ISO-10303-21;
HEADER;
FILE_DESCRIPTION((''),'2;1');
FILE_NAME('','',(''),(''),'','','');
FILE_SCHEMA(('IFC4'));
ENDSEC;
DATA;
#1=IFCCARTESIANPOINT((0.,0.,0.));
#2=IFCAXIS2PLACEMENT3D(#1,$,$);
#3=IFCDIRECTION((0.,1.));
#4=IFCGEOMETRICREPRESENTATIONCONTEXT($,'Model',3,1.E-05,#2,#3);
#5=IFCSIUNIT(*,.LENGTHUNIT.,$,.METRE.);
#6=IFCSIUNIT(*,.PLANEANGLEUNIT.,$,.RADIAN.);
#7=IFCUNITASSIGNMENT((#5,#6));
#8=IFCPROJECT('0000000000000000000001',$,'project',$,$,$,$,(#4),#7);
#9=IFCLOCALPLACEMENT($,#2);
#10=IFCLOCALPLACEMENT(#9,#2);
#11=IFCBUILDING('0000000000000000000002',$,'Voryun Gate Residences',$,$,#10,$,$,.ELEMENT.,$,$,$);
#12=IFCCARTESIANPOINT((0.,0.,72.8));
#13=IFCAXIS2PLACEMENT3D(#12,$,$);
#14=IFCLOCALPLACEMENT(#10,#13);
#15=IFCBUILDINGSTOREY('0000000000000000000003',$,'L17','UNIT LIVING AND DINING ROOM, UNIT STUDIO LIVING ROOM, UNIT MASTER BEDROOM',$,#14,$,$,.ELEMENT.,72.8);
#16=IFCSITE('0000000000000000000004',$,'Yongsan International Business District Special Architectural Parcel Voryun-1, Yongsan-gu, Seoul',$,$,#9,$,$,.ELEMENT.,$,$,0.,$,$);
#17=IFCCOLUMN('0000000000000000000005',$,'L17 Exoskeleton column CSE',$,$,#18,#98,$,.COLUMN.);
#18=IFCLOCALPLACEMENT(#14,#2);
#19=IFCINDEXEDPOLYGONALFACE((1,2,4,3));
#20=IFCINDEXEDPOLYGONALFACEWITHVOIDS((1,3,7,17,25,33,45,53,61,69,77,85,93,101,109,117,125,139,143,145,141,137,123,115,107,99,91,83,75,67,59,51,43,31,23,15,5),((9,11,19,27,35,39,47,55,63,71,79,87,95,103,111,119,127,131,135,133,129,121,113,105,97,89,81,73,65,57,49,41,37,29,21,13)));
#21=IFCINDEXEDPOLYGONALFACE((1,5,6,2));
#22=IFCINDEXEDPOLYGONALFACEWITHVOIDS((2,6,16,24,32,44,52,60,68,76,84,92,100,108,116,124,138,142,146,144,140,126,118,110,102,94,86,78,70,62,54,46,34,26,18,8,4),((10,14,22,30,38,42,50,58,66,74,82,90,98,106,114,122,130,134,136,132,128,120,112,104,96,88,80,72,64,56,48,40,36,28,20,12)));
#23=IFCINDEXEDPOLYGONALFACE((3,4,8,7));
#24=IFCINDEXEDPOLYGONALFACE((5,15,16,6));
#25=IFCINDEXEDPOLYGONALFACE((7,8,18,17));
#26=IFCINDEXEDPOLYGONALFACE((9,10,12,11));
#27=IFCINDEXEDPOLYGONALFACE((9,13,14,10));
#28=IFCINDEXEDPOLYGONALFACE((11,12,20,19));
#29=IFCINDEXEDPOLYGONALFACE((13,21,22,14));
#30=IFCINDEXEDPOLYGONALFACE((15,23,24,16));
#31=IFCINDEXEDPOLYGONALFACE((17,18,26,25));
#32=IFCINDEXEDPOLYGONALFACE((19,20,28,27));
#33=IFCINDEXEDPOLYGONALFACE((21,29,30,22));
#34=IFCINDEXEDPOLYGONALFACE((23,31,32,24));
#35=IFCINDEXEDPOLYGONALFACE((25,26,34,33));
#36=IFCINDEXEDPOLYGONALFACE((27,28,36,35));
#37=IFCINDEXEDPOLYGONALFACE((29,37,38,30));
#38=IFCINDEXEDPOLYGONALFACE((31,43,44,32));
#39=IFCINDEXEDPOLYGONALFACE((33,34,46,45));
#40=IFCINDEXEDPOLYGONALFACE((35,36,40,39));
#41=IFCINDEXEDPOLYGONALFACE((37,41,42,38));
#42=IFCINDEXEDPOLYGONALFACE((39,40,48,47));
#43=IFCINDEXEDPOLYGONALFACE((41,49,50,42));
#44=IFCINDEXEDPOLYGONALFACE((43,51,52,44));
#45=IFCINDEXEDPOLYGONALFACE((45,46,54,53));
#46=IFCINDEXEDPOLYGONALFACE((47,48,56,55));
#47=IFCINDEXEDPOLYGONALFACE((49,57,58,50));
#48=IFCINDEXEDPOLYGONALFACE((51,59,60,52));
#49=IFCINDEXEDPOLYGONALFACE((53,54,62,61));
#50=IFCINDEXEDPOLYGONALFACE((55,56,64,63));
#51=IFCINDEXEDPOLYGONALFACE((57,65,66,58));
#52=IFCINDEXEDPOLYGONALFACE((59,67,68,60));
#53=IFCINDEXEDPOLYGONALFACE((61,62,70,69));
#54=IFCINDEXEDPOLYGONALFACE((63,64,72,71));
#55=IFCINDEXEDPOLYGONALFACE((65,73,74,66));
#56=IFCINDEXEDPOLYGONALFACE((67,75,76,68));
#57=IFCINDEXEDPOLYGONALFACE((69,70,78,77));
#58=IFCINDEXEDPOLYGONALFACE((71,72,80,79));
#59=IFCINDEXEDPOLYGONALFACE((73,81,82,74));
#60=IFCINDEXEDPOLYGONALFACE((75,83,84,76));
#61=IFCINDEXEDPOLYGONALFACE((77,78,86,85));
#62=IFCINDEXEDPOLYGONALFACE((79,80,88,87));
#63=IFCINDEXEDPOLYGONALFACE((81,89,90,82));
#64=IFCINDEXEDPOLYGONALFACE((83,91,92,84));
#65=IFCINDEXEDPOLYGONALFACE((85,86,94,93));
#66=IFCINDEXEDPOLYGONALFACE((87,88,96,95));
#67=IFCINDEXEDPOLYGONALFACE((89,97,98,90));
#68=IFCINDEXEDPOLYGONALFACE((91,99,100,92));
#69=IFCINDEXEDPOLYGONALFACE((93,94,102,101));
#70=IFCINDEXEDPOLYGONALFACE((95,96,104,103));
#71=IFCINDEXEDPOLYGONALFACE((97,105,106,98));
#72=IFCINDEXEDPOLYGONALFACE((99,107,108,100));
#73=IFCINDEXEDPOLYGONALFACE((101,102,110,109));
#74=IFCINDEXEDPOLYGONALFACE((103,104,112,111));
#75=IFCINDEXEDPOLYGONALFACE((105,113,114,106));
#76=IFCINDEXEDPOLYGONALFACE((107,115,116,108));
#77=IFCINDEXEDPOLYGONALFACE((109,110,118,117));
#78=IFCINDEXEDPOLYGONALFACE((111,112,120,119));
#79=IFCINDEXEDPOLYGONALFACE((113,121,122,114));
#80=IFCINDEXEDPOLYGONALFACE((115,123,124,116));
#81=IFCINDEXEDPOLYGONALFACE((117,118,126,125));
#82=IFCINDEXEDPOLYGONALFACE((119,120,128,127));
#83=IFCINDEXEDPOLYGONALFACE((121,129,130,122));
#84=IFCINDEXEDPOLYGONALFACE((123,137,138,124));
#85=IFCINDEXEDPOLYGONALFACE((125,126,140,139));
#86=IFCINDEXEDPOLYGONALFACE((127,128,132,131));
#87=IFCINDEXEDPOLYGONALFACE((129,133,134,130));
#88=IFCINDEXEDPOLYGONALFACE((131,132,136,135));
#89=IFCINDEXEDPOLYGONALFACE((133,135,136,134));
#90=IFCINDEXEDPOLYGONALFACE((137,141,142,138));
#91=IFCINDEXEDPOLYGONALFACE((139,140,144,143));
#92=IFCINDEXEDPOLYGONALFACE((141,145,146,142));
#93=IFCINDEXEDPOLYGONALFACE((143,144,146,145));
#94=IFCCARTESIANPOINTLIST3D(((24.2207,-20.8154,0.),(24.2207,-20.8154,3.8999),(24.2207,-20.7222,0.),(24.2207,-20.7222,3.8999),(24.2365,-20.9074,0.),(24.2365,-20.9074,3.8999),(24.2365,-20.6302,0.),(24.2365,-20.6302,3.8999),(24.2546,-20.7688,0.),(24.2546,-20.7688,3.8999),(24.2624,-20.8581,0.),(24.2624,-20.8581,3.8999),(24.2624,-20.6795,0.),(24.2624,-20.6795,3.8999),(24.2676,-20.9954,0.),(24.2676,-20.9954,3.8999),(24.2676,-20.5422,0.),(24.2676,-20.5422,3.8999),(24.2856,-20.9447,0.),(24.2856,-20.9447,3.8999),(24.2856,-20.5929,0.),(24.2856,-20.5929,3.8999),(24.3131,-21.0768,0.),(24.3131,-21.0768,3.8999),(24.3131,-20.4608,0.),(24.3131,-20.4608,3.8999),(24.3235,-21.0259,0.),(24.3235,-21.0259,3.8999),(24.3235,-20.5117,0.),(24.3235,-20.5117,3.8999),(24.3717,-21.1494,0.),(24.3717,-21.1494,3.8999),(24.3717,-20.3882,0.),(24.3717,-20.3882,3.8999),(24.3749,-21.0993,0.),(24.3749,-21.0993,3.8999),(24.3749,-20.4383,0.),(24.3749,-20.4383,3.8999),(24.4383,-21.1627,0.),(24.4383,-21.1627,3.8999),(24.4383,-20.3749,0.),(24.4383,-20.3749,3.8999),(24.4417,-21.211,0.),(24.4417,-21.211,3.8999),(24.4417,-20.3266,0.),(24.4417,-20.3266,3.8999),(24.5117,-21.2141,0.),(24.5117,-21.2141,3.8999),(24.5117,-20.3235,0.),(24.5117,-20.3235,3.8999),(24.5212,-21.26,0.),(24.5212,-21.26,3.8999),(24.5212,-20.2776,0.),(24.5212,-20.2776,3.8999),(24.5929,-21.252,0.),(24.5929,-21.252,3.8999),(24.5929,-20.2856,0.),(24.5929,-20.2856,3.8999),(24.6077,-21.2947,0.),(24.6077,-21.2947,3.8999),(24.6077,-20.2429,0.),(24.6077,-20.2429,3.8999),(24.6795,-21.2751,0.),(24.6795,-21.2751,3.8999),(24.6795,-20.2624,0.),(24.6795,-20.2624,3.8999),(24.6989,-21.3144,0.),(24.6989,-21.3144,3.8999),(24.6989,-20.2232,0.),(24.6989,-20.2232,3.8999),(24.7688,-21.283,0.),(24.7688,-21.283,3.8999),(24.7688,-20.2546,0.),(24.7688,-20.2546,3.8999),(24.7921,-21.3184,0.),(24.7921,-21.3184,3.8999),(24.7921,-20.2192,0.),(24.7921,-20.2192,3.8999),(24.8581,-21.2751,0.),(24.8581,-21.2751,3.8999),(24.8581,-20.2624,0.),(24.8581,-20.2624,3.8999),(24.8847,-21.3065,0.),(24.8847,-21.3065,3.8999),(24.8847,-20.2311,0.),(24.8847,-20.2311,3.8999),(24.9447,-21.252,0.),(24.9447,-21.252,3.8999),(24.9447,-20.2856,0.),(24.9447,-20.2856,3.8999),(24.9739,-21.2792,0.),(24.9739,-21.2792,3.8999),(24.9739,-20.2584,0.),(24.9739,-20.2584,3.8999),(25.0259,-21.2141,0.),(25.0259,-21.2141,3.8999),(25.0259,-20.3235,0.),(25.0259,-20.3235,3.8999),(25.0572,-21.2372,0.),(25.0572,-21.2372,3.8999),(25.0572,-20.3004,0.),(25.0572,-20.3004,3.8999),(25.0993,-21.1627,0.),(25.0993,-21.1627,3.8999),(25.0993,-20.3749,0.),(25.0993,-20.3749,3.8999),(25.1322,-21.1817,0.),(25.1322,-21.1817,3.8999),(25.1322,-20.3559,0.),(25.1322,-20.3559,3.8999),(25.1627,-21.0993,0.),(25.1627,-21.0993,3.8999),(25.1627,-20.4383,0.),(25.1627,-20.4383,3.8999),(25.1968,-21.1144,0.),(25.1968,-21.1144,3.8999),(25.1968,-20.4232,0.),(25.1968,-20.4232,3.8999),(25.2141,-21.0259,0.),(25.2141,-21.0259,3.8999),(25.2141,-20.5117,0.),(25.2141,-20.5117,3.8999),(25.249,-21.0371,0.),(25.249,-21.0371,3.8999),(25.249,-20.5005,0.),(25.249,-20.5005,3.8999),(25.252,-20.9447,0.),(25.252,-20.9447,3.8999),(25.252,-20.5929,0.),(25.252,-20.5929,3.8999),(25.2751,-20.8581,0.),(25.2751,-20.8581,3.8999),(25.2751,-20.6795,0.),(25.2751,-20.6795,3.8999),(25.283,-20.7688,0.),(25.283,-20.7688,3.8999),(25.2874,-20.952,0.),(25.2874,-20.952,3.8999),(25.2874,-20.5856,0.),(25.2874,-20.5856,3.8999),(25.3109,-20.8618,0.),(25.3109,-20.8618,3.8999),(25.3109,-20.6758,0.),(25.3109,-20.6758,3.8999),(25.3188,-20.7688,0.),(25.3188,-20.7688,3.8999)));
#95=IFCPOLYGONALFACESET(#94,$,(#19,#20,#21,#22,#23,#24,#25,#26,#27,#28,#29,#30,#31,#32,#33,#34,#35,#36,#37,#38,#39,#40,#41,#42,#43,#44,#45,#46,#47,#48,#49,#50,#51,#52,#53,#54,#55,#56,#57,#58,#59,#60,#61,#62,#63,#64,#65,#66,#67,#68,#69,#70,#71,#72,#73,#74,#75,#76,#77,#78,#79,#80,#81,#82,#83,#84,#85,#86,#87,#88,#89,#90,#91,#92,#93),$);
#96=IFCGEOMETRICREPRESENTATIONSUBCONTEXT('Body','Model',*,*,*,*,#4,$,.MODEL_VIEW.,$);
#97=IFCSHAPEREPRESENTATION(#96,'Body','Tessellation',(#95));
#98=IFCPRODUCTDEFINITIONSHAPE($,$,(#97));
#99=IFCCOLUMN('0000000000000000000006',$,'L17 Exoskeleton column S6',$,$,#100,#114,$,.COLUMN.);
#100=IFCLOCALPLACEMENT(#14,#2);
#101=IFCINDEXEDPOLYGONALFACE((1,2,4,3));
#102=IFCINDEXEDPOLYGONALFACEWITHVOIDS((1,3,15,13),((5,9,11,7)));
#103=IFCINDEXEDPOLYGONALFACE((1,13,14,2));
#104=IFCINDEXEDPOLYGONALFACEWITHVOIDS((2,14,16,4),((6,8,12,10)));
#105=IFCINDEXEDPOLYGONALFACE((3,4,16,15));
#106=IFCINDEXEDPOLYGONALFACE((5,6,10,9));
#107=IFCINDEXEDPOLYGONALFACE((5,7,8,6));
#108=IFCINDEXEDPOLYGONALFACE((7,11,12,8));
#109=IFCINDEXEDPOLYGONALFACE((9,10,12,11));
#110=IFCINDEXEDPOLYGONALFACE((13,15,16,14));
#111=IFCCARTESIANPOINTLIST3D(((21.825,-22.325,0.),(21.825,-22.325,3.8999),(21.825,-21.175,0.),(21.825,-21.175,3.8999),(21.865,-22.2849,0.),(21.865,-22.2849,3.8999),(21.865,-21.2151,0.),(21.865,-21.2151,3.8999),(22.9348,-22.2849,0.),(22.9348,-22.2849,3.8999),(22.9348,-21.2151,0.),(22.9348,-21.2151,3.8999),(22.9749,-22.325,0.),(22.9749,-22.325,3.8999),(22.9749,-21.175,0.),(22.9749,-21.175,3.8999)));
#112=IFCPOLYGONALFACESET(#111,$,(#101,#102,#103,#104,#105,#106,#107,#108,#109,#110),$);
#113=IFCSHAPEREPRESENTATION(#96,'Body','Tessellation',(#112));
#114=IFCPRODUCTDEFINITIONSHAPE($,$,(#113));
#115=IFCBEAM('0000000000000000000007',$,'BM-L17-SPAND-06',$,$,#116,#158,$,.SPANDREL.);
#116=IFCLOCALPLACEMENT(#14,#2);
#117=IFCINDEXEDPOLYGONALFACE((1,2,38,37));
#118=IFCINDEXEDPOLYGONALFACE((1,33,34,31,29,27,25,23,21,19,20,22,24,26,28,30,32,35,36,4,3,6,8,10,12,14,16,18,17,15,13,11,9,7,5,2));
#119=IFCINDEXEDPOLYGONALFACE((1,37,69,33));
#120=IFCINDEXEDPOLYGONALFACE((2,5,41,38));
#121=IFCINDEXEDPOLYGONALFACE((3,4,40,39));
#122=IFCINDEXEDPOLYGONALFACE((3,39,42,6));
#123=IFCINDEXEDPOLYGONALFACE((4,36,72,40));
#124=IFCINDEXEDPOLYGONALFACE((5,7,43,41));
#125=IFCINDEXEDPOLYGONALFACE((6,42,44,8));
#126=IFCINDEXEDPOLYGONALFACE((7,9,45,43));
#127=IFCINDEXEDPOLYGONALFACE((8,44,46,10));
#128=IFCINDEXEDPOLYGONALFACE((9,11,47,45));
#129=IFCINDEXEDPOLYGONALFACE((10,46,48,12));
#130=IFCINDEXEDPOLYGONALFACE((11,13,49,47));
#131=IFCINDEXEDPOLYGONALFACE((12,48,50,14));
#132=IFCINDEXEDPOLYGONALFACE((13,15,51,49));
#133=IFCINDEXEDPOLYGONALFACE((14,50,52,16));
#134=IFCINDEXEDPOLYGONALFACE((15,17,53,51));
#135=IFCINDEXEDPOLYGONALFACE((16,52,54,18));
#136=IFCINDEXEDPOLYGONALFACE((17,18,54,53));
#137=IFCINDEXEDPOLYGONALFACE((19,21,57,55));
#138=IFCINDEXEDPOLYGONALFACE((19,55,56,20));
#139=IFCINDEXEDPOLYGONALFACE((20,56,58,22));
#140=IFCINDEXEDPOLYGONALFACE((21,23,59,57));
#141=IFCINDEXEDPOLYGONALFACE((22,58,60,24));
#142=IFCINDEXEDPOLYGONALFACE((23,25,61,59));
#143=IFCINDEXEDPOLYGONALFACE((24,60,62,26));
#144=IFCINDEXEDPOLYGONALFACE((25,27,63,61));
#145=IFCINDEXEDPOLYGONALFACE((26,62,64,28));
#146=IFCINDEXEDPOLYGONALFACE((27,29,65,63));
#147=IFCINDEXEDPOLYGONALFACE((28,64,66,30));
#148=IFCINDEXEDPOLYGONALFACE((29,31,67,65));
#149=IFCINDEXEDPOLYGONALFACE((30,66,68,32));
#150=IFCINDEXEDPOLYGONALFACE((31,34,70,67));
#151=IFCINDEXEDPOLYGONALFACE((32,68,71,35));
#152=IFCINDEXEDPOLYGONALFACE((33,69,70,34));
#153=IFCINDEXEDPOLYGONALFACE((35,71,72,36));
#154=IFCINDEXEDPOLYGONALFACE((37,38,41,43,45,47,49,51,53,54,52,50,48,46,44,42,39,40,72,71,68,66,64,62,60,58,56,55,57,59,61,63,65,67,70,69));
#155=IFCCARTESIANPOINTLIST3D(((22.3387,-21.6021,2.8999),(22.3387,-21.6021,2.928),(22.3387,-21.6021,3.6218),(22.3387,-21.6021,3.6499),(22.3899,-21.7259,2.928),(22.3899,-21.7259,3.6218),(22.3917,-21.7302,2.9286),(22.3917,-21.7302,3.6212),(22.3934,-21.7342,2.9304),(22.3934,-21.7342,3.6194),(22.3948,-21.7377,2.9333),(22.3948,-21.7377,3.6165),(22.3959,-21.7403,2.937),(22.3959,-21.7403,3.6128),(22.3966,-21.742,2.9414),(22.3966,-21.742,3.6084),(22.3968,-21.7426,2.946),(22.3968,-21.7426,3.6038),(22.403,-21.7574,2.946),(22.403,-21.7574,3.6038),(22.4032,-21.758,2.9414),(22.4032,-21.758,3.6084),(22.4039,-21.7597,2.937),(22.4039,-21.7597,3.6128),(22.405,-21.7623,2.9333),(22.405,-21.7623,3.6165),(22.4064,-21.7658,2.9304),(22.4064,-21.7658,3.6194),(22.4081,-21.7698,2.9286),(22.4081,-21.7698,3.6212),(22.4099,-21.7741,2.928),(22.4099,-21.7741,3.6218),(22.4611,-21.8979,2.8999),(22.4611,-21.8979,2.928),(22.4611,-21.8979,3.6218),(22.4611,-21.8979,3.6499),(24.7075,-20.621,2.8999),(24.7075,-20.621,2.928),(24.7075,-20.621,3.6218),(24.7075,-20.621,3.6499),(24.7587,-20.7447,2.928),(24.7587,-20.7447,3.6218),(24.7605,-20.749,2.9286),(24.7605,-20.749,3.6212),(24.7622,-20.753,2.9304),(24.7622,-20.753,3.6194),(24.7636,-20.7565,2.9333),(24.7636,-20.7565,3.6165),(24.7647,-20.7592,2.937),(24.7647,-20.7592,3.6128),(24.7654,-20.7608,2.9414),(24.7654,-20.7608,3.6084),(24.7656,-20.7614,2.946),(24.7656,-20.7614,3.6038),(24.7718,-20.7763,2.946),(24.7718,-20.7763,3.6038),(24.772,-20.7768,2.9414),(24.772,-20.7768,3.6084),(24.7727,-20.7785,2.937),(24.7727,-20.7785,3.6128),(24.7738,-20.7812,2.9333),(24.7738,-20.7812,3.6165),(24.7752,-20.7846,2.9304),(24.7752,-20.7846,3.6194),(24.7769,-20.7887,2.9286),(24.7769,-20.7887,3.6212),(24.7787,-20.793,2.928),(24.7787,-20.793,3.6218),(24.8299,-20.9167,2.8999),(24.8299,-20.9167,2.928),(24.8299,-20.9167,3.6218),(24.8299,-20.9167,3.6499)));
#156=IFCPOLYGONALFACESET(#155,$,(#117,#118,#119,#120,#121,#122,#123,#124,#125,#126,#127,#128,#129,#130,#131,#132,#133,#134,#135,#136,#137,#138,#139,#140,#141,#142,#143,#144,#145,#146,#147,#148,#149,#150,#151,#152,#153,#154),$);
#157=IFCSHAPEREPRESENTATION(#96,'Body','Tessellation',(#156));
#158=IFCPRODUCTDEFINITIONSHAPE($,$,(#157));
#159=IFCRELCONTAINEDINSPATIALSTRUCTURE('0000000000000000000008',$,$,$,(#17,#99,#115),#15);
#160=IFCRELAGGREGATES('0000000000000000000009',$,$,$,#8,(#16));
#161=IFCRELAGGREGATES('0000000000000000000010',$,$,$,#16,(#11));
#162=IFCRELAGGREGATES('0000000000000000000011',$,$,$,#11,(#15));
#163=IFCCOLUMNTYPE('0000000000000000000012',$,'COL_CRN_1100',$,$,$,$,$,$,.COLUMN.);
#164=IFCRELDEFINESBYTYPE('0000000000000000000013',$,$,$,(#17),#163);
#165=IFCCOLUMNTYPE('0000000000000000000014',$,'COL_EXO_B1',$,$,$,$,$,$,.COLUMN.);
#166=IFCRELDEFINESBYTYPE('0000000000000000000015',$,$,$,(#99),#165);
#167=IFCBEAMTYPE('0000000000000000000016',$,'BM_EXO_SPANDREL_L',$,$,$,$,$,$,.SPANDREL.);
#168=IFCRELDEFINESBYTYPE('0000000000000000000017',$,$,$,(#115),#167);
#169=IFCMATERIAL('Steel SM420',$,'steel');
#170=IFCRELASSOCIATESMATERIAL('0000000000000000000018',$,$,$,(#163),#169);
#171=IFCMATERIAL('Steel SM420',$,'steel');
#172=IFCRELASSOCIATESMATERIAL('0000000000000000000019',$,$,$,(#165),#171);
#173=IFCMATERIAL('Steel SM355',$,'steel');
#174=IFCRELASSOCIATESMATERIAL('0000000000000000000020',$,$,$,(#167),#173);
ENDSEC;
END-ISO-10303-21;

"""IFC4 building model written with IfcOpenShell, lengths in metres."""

from ifc_helpers import new_model, si_unit, direction, frame, origin, origin_2d, place, context, subcontext, project, spatial, hollow_rectangle, hollow_circle, i_section, extrude, material, material_profile, profile_set, type_object, element, save


model = new_model("IFC4")

# Units and contexts
model_context = context("Model", 3, precision=1e-05, world=origin(), true_north=direction((0.0, 1.0)))
body_context = subcontext(model_context, "Body", "Model", "MODEL_VIEW")
ifc_project = project(units=[si_unit("LENGTHUNIT", "METRE"), si_unit("PLANEANGLEUNIT", "RADIAN")], contexts=[model_context])

# Site, building, storey
site_placement = place(None, origin())
site = spatial("IfcSite", under=ifc_project, at=site_placement, Name="Yongsan International Business District Special Architectural Parcel Voryun-1, Yongsan-gu, Seoul", CompositionType="ELEMENT", RefElevation=0.0)
building_placement = place(site_placement, origin())
building = spatial("IfcBuilding", under=site, at=building_placement, Name="Voryun Gate Residences", CompositionType="ELEMENT")
storey_placement = place(building_placement, frame((0.0, 0.0, 72.8)))
storey = spatial("IfcBuildingStorey", under=building, at=storey_placement, Name="L17", Description="UNIT LIVING AND DINING ROOM, UNIT STUDIO LIVING ROOM, UNIT MASTER BEDROOM", CompositionType="ELEMENT", Elevation=72.8)

# Columns
ifc_material_1 = material(Name="Steel SM420", Category="steel")
ifc_material_profile_1 = material_profile(ifc_material_1, hollow_circle(Radius=0.55, WallThickness=0.0359, at=origin_2d()), Name="CHS-1100x36")
ifc_profile_set_1 = profile_set([ifc_material_profile_1], Name="Steel SM420")
column_type_1 = type_object("IfcColumnType", Name="COL_CRN_1100", PredefinedType="COLUMN", material=ifc_profile_set_1)
column_1_placement = place(storey_placement, frame((24.7688, -20.7688, 0.0), z_axis=(0.0, 0.0, 1.0), x_axis=(1.0, 0.0, 0.0)))
element("IfcColumn", 1, at=column_1_placement, inside=storey, type_object=column_type_1, Name="L17 Exoskeleton column CSE", PredefinedType="COLUMN", context=body_context, shape_type="SweptSolid", body=[
    extrude(hollow_circle(Radius=0.55, WallThickness=0.0359, at=origin_2d()), origin(), (0.0, 0.0, 1.0), 3.8999),
])
ifc_material_2 = material(Name="Steel SM420", Category="steel")
ifc_material_profile_2 = material_profile(ifc_material_2, hollow_rectangle(XDim=1.1499, YDim=1.1499, WallThickness=0.04, at=origin_2d()), Name="BOX-1150x1150x40")
ifc_profile_set_2 = profile_set([ifc_material_profile_2], Name="Steel SM420")
column_type_2 = type_object("IfcColumnType", Name="COL_EXO_B1", PredefinedType="COLUMN", material=ifc_profile_set_2)
column_2_placement = place(storey_placement, frame((22.3999, -21.75, 0.0), z_axis=(0.0, 0.0, 1.0), x_axis=(1.0, 0.0, 0.0)))
element("IfcColumn", 2, at=column_2_placement, inside=storey, type_object=column_type_2, Name="L17 Exoskeleton column S6", PredefinedType="COLUMN", context=body_context, shape_type="SweptSolid", body=[
    extrude(hollow_rectangle(XDim=1.1499, YDim=1.1499, WallThickness=0.04, at=origin_2d()), origin(), (0.0, 0.0, 1.0), 3.8999),
])

# Beam
ifc_material_3 = material(Name="Steel SM355", Category="steel")
ifc_material_profile_3 = material_profile(ifc_material_3, i_section(OverallWidth=0.3201, OverallDepth=0.75, WebThickness=0.0161, FlangeThickness=0.0281, FilletRadius=0.0181, at=origin_2d()), Name="H-750x320x16x28")
ifc_profile_set_3 = profile_set([ifc_material_profile_3], Name="Steel SM355")
beam_type = type_object("IfcBeamType", Name="BM_EXO_SPANDREL_L", PredefinedType="SPANDREL", material=ifc_profile_set_3)
beam_1_placement = place(storey_placement, frame((22.3999, -21.75, 3.2749), z_axis=(0.923883, 0.382674, 0.0), x_axis=(-0.382674, 0.923883, 0.0)))
element("IfcBeam", 3, at=beam_1_placement, inside=storey, type_object=beam_type, Name="BM-L17-SPAND-06", PredefinedType="SPANDREL", context=body_context, shape_type="SweptSolid", body=[
    extrude(i_section(OverallWidth=0.3201, OverallDepth=0.75, WebThickness=0.0161, FlangeThickness=0.0281, FilletRadius=0.0181, at=origin_2d()), origin(), (0.0, 0.0, 1.0), 2.564),
])

save(model, "model.ifc")
